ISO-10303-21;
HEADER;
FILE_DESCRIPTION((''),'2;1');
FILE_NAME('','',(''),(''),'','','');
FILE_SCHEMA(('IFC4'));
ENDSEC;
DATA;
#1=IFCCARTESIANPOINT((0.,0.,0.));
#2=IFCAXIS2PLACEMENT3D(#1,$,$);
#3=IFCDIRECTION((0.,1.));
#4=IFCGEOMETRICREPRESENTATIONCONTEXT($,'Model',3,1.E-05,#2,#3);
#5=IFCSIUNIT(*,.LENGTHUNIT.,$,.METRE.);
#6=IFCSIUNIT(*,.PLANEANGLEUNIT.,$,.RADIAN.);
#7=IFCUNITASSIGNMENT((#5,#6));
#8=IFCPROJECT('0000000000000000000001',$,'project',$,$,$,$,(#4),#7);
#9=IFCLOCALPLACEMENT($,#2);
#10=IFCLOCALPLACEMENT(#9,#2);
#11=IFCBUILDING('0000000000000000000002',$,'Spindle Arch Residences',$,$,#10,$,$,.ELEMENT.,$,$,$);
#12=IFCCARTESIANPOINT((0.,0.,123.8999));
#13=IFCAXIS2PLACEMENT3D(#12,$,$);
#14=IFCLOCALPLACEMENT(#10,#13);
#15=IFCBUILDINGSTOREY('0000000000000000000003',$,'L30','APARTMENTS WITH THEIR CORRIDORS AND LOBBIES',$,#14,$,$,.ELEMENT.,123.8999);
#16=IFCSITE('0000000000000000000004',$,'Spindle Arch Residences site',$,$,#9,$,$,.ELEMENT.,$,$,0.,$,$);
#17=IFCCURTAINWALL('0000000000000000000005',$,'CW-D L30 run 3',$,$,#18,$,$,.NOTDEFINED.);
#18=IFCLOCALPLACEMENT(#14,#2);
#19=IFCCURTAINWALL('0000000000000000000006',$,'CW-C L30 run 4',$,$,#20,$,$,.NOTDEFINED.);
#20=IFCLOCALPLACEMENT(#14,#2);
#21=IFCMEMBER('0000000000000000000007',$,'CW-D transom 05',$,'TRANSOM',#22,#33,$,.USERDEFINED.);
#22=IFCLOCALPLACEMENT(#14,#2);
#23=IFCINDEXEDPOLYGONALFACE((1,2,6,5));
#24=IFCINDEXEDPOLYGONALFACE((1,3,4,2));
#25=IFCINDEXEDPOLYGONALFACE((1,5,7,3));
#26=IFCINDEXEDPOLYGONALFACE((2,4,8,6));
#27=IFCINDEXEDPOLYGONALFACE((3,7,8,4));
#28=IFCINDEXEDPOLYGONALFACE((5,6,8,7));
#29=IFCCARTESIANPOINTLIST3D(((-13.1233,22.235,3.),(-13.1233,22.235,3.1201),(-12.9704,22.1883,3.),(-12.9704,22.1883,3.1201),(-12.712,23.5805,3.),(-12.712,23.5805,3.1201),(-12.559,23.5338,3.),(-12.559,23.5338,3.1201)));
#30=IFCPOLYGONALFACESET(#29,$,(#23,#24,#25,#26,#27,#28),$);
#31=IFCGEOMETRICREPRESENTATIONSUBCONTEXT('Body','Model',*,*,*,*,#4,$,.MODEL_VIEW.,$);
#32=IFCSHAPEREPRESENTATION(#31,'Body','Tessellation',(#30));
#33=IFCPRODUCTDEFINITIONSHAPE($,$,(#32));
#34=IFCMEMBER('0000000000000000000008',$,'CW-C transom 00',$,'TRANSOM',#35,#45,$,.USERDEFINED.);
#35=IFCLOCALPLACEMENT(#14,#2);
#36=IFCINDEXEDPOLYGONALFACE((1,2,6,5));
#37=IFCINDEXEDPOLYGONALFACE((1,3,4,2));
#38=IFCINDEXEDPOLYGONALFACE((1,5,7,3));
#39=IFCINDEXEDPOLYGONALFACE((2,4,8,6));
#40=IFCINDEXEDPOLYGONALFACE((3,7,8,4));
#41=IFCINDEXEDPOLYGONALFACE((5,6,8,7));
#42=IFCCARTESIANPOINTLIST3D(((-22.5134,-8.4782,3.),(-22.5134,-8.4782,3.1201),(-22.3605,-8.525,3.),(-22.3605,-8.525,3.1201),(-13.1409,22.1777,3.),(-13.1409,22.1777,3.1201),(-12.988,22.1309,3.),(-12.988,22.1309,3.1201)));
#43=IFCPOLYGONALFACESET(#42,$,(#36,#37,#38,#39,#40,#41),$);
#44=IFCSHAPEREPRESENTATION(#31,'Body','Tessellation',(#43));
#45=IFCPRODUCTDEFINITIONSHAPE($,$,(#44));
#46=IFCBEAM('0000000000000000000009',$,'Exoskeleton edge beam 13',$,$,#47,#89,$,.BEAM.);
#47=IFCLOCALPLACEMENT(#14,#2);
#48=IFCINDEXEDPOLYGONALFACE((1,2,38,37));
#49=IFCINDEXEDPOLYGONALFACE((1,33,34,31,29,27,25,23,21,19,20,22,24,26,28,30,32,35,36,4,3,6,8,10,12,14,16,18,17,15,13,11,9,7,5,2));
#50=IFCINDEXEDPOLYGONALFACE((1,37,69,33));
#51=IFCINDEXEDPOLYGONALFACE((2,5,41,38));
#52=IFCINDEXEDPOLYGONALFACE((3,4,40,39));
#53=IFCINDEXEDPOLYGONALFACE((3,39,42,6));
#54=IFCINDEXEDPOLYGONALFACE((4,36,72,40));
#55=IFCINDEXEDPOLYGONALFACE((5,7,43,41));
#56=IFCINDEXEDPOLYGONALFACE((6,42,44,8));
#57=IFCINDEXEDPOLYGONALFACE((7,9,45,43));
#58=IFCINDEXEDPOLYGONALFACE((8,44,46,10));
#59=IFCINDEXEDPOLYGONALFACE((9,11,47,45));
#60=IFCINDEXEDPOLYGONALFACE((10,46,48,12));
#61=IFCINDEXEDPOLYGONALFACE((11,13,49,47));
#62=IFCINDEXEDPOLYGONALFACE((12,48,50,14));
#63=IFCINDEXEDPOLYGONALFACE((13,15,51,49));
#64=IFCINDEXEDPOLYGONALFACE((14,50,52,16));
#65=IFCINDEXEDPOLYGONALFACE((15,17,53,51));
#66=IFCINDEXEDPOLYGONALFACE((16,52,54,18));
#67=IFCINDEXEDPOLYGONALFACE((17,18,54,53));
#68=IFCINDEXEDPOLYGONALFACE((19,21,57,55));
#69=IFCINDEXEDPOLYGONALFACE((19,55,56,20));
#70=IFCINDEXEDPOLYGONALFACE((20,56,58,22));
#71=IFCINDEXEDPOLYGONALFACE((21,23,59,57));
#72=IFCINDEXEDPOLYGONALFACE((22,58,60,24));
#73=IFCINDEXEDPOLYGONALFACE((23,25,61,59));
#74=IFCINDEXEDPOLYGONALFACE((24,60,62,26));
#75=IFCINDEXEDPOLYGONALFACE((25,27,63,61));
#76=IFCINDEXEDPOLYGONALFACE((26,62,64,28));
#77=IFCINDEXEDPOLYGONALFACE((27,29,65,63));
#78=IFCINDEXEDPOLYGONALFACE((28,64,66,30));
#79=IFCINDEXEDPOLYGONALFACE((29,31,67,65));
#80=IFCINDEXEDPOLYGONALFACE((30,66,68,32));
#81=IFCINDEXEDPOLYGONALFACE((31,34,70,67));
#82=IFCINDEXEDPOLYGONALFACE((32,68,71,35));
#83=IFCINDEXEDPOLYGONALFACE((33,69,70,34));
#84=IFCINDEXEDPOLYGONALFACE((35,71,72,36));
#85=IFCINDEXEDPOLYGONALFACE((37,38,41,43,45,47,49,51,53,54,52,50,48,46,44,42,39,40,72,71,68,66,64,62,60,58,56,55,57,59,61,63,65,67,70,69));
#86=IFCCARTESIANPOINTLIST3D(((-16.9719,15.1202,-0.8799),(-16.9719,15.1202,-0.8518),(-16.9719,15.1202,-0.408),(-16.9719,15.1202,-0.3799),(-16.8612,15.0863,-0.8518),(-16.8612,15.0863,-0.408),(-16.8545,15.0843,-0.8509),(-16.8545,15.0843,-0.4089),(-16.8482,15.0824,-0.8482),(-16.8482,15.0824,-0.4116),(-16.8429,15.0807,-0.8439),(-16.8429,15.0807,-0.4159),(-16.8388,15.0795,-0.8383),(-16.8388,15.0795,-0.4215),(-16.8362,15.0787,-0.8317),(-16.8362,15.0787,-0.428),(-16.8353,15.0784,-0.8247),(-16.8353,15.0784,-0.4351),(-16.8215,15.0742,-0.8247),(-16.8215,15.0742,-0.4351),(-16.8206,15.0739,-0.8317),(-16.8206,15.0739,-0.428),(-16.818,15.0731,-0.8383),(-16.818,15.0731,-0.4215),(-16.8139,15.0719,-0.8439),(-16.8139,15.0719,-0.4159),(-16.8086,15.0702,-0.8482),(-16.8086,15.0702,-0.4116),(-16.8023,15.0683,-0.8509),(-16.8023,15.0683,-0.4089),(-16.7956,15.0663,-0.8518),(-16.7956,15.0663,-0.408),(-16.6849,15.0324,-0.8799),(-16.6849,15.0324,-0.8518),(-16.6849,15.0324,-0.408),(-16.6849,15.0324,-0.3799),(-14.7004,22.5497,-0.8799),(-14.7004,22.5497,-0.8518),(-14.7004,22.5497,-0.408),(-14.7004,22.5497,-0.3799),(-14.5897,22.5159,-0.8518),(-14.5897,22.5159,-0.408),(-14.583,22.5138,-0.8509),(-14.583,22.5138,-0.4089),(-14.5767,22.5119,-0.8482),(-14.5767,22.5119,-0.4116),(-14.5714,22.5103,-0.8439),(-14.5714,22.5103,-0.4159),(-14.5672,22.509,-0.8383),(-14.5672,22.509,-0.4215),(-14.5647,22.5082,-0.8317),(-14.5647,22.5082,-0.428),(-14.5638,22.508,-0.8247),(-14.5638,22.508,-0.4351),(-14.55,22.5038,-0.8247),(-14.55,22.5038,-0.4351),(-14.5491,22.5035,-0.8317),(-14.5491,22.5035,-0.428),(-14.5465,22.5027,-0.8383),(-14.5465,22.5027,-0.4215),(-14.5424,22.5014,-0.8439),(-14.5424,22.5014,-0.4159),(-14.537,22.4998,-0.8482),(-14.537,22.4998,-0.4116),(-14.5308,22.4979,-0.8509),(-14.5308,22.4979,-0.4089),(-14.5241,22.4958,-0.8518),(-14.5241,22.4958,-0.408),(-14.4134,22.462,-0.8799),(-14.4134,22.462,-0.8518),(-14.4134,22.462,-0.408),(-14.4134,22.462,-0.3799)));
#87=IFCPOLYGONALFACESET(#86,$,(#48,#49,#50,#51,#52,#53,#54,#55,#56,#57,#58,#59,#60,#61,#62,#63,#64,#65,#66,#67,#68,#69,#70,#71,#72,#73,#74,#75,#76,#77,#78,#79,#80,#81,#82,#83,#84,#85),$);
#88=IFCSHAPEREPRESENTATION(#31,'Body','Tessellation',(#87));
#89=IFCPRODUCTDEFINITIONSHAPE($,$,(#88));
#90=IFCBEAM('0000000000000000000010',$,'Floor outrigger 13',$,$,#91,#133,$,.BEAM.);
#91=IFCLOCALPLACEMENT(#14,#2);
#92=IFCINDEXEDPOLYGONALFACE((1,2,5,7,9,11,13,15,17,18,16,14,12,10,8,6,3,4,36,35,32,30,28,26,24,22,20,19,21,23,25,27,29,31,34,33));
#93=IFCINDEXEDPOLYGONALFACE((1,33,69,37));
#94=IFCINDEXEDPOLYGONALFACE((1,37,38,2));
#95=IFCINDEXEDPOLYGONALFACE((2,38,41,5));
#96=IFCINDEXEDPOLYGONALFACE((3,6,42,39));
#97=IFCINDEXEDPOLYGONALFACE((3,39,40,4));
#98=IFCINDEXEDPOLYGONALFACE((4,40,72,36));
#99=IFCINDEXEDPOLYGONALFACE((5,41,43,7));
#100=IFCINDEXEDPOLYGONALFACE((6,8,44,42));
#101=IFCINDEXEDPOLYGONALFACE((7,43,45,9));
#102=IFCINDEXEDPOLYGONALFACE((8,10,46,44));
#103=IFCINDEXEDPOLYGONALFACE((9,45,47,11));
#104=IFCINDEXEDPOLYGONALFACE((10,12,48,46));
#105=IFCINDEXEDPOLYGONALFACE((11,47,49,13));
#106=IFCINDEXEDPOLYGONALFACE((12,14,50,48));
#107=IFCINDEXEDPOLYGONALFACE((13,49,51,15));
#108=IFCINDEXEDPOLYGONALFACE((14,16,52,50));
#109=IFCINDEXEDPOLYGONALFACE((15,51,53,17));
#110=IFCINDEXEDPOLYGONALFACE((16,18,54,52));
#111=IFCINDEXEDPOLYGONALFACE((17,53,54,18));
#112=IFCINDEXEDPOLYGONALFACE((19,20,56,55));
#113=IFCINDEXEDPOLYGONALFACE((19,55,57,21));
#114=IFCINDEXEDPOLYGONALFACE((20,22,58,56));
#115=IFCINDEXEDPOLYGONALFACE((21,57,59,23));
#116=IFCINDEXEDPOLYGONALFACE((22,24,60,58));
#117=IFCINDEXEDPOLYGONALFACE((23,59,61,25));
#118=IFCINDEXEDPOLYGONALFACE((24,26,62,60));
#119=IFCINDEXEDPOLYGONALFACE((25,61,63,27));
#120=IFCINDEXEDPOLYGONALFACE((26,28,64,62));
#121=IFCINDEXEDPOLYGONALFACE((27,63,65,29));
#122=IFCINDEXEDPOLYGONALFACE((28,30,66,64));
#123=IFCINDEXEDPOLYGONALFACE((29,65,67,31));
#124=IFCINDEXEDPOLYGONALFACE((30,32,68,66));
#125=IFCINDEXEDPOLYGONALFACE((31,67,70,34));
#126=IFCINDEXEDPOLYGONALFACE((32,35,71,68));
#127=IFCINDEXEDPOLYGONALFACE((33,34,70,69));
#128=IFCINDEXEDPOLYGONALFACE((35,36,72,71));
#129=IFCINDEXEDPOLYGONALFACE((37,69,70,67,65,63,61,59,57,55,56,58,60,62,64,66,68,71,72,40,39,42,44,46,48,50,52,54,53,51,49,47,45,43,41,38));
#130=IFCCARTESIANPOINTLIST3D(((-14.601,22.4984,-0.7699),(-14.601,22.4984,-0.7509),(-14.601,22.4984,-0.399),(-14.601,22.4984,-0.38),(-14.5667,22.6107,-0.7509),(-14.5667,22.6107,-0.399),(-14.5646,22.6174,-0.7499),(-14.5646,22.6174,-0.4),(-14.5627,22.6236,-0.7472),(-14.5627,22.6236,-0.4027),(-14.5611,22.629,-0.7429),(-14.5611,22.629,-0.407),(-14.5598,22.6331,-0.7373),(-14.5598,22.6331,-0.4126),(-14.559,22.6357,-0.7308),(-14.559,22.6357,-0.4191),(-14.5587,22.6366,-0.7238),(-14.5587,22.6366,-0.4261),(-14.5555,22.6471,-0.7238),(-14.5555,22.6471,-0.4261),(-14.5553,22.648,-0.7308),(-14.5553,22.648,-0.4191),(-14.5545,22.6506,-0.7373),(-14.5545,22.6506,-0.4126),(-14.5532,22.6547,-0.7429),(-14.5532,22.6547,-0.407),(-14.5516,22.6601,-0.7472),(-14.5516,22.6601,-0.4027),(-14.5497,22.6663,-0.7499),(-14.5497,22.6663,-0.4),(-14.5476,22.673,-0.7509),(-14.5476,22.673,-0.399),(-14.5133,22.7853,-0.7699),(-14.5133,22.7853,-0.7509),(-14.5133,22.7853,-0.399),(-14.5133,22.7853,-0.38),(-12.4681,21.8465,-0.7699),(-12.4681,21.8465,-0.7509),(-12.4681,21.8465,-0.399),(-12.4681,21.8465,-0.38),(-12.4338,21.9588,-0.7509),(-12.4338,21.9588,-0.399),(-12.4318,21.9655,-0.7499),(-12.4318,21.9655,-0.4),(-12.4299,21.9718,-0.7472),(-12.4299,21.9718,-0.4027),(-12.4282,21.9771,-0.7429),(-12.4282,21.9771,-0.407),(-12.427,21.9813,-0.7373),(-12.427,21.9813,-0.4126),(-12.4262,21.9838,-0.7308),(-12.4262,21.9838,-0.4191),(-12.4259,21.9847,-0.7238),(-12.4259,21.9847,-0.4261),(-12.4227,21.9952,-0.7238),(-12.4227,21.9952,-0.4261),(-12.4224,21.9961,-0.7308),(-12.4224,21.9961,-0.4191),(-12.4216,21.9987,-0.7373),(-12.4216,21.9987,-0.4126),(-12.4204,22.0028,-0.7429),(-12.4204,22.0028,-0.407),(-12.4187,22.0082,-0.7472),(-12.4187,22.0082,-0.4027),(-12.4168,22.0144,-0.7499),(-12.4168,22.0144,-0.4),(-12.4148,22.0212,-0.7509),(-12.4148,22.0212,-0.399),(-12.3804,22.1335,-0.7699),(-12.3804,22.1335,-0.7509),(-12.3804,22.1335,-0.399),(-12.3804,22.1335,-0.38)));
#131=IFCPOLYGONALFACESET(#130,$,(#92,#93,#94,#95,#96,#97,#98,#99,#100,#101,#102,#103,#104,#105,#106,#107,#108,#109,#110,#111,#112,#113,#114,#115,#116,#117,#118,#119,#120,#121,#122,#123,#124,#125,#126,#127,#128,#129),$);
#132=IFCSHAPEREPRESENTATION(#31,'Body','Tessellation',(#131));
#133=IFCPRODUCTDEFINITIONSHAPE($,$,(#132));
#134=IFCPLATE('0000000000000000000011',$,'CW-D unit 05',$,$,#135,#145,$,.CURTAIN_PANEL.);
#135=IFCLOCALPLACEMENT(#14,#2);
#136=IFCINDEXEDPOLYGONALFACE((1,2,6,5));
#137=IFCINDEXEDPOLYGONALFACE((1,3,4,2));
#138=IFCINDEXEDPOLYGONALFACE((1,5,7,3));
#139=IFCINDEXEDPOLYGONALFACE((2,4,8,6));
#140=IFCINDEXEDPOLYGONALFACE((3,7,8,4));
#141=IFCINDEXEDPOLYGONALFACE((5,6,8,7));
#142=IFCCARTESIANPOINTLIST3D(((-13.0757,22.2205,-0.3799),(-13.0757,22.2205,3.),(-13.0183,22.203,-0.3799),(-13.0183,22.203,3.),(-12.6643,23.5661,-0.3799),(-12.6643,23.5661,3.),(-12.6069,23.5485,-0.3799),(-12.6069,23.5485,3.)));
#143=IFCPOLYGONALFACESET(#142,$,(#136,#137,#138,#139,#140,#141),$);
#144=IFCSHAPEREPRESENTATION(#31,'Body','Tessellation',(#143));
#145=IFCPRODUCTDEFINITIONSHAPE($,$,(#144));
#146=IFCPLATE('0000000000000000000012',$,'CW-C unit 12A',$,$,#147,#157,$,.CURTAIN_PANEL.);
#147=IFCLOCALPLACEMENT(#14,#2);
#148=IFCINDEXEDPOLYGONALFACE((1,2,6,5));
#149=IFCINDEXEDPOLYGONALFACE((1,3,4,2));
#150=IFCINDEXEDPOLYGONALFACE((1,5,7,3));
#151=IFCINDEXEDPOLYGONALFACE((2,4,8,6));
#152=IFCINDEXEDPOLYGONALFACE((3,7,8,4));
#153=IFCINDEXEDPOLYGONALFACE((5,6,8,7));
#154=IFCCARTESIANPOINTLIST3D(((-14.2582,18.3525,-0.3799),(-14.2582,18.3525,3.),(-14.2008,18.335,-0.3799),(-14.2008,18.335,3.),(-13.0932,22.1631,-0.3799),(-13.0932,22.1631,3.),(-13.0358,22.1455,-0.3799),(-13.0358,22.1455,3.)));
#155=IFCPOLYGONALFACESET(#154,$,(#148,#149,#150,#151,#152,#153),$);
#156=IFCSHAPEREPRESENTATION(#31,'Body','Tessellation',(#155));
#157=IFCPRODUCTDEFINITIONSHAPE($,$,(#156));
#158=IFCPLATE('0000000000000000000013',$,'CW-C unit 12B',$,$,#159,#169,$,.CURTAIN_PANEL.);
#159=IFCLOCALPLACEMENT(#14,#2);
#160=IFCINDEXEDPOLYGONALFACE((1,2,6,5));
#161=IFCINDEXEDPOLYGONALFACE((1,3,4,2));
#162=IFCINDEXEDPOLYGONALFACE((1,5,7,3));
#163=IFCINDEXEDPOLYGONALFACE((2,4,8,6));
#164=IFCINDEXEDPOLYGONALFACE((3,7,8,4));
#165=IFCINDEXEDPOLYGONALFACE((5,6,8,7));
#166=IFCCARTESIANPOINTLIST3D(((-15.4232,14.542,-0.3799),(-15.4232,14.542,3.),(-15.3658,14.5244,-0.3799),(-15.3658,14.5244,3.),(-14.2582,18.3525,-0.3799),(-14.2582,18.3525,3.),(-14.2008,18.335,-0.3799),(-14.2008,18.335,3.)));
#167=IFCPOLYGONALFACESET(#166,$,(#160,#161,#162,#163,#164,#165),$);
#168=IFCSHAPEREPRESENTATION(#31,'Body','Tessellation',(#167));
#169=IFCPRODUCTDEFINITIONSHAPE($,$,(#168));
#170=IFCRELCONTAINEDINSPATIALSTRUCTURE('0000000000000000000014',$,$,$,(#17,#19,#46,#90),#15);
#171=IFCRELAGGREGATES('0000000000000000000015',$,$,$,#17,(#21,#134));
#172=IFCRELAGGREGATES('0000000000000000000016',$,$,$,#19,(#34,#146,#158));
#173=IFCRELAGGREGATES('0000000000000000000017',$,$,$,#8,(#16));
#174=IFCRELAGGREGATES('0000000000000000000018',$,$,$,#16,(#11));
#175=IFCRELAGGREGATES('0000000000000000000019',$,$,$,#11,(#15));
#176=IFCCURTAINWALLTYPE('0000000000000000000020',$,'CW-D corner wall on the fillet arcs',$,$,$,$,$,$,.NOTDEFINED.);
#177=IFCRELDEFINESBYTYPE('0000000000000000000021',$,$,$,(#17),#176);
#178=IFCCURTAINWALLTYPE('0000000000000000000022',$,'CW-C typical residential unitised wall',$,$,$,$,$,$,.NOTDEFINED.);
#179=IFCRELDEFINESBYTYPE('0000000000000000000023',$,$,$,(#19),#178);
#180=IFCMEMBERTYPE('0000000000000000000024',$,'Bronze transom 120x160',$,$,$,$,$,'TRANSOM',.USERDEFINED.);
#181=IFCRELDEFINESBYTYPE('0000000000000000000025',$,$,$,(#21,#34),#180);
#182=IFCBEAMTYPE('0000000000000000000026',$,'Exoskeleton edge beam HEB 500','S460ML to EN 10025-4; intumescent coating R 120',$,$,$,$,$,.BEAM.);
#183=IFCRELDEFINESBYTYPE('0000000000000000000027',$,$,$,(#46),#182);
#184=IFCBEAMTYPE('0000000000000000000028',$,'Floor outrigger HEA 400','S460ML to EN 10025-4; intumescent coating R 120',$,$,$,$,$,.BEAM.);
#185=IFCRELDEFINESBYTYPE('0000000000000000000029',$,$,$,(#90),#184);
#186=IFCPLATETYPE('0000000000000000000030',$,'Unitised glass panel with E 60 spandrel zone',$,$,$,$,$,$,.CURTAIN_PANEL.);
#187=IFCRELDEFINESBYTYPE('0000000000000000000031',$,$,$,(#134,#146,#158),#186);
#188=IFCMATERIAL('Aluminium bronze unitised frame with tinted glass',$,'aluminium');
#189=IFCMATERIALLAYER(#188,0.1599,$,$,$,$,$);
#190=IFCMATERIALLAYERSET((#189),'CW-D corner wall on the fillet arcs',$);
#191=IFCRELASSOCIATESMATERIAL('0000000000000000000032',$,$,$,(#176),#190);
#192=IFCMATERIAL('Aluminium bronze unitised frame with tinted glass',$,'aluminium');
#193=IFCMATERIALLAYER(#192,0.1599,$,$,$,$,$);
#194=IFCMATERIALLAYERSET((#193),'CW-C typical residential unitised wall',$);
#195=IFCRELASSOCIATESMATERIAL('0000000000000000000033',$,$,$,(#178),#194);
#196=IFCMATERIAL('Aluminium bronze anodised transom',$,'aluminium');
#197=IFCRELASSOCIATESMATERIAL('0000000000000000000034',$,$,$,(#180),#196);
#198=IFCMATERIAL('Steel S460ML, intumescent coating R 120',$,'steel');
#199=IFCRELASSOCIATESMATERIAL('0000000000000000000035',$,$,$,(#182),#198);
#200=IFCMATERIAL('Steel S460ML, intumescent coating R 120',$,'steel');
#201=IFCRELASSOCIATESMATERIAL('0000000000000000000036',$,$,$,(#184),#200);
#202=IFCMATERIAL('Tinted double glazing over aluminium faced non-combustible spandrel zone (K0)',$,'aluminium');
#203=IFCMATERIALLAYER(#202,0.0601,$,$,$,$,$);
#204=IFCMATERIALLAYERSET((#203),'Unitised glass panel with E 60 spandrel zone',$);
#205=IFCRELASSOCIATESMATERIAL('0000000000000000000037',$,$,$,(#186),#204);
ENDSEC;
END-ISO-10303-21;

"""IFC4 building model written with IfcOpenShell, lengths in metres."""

from ifc_helpers import new_model, si_unit, direction, frame, origin, origin_2d, place, context, subcontext, project, spatial, rectangle, i_section, extrude, material, layer, layer_set, material_profile, profile_set, type_object, element, aggregate, save


model = new_model("IFC4")

# Units and contexts
model_context = context("Model", 3, precision=1e-05, world=origin(), true_north=direction((0.0, 1.0)))
body_context = subcontext(model_context, "Body", "Model", "MODEL_VIEW")
ifc_project = project(units=[si_unit("LENGTHUNIT", "METRE"), si_unit("PLANEANGLEUNIT", "RADIAN")], contexts=[model_context])

# Site, building, storey
site_placement = place(None, origin())
site = spatial("IfcSite", under=ifc_project, at=site_placement, Name="Spindle Arch Residences site", CompositionType="ELEMENT", RefElevation=0.0)
building_placement = place(site_placement, origin())
building = spatial("IfcBuilding", under=site, at=building_placement, Name="Spindle Arch Residences", CompositionType="ELEMENT")
storey_placement = place(building_placement, frame((0.0, 0.0, 123.8999)))
storey = spatial("IfcBuildingStorey", under=building, at=storey_placement, Name="L30", Description="APARTMENTS WITH THEIR CORRIDORS AND LOBBIES", CompositionType="ELEMENT", Elevation=123.8999)

# Curtain walls
ifc_material_1 = material(Name="Aluminium bronze unitised frame with tinted glass", Category="aluminium")
ifc_layer_1 = layer(ifc_material_1, 0.1599)
ifc_layer_set_1 = layer_set([ifc_layer_1], Name="CW-D corner wall on the fillet arcs")
curtain_wall_type_1 = type_object("IfcCurtainWallType", Name="CW-D corner wall on the fillet arcs", PredefinedType="NOTDEFINED", material=ifc_layer_set_1)
curtain_wall_1_placement = place(storey_placement, origin())
curtain_wall_1 = element("IfcCurtainWall", 1, at=curtain_wall_1_placement, inside=storey, type_object=curtain_wall_type_1, Name="CW-D L30 run 3", PredefinedType="NOTDEFINED")
ifc_material_2 = material(Name="Aluminium bronze unitised frame with tinted glass", Category="aluminium")
ifc_layer_2 = layer(ifc_material_2, 0.1599)
ifc_layer_set_2 = layer_set([ifc_layer_2], Name="CW-C typical residential unitised wall")
curtain_wall_type_2 = type_object("IfcCurtainWallType", Name="CW-C typical residential unitised wall", PredefinedType="NOTDEFINED", material=ifc_layer_set_2)
curtain_wall_2_placement = place(storey_placement, origin())
curtain_wall_2 = element("IfcCurtainWall", 2, at=curtain_wall_2_placement, inside=storey, type_object=curtain_wall_type_2, Name="CW-C L30 run 4", PredefinedType="NOTDEFINED")

# Members
ifc_material_3 = material(Name="Aluminium bronze anodised transom", Category="aluminium")
ifc_material_profile_1 = material_profile(ifc_material_3, rectangle(XDim=0.1599, YDim=0.1201, at=origin_2d()), Name="TR 120x160")
ifc_profile_set_1 = profile_set([ifc_material_profile_1], Name="Aluminium bronze anodised transom")
member_type_1 = type_object("IfcMemberType", Name="Bronze transom 120x160", ElementType="TRANSOM", PredefinedType="USERDEFINED", material=ifc_profile_set_1)
member_1_placement = place(storey_placement, frame((-12.6355, 23.5571, 3.0601), z_axis=(-0.29239, -0.956299, 0.0), x_axis=(0.956299, -0.29239, 0.0)))
member_1 = element("IfcMember", 3, at=member_1_placement, type_object=member_type_1, Name="CW-D transom 05", ObjectType="TRANSOM", PredefinedType="USERDEFINED", context=body_context, shape_type="SweptSolid", body=[
    extrude(rectangle(XDim=0.1599, YDim=0.1201, at=origin_2d()), origin(), (0.0, 0.0, 1.0), 1.407),
])
member_2_placement = place(storey_placement, frame((-13.0645, 22.1543, 3.0601), z_axis=(-0.292374, -0.956304, 0.0), x_axis=(0.956304, -0.292374, 0.0)))
member_2 = element("IfcMember", 4, at=member_2_placement, type_object=member_type_1, Name="CW-C transom 00", ObjectType="TRANSOM", PredefinedType="USERDEFINED", context=body_context, shape_type="SweptSolid", body=[
    extrude(rectangle(XDim=0.1599, YDim=0.1201, at=origin_2d()), origin(), (0.0, 0.0, 1.0), 32.0566),
])

# Beams
ifc_material_4 = material(Name="Steel S460ML, intumescent coating R 120", Category="steel")
ifc_material_profile_2 = material_profile(ifc_material_4, i_section(OverallWidth=0.3, OverallDepth=0.5, WebThickness=0.0144, FlangeThickness=0.0281, FilletRadius=0.0271, at=origin_2d()), Name="HEB 500")
ifc_profile_set_2 = profile_set([ifc_material_profile_2], Name="Steel S460ML, intumescent coating R 120")
beam_type_1 = type_object("IfcBeamType", Name="Exoskeleton edge beam HEB 500", Description="S460ML to EN 10025-4; intumescent coating R 120", PredefinedType="BEAM", material=ifc_profile_set_2)
beam_1_placement = place(storey_placement, frame((-14.5569, 22.5059, -0.6299), z_axis=(-0.292381, -0.956302, 0.0), x_axis=(0.956302, -0.292381, 0.0)))
element("IfcBeam", 5, at=beam_1_placement, inside=storey, type_object=beam_type_1, Name="Exoskeleton edge beam 13", PredefinedType="BEAM", context=body_context, shape_type="SweptSolid", body=[
    extrude(i_section(OverallWidth=0.3, OverallDepth=0.5, WebThickness=0.0144, FlangeThickness=0.0281, FilletRadius=0.0271, at=origin_2d()), origin(), (0.0, 0.0, 1.0), 7.769),
])
ifc_material_5 = material(Name="Steel S460ML, intumescent coating R 120", Category="steel")
ifc_material_profile_3 = material_profile(ifc_material_5, i_section(OverallWidth=0.3, OverallDepth=0.3899, WebThickness=0.011, FlangeThickness=0.019, FilletRadius=0.0271, at=origin_2d()), Name="HEA 400")
ifc_profile_set_3 = profile_set([ifc_material_profile_3], Name="Steel S460ML, intumescent coating R 120")
beam_type_2 = type_object("IfcBeamType", Name="Floor outrigger HEA 400", Description="S460ML to EN 10025-4; intumescent coating R 120", PredefinedType="BEAM", material=ifc_profile_set_3)
beam_2_placement = place(storey_placement, frame((-14.5571, 22.6418, -0.575), z_axis=(0.956331, -0.292285, 0.0), x_axis=(0.292285, 0.956331, 0.0)))
element("IfcBeam", 6, at=beam_2_placement, inside=storey, type_object=beam_type_2, Name="Floor outrigger 13", PredefinedType="BEAM", context=body_context, shape_type="SweptSolid", body=[
    extrude(i_section(OverallWidth=0.3, OverallDepth=0.3899, WebThickness=0.011, FlangeThickness=0.019, FilletRadius=0.0271, at=origin_2d()), origin(), (0.0, 0.0, 1.0), 2.2302),
])

# Plates
ifc_material_6 = material(Name="Tinted double glazing over aluminium faced non-combustible spandrel zone (K0)", Category="aluminium")
ifc_layer_3 = layer(ifc_material_6, 0.0601)
ifc_layer_set_3 = layer_set([ifc_layer_3], Name="Unitised glass panel with E 60 spandrel zone")
plate_type = type_object("IfcPlateType", Name="Unitised glass panel with E 60 spandrel zone", PredefinedType="CURTAIN_PANEL", material=ifc_layer_set_3)
plate_1_placement = place(storey_placement, frame((-12.8413, 22.8845, -0.3799), z_axis=(0.0, 0.0, 1.0), x_axis=(-0.292372, -0.956305, 0.0)))
plate_1 = element("IfcPlate", 7, at=plate_1_placement, type_object=plate_type, Name="CW-D unit 05", PredefinedType="CURTAIN_PANEL", context=body_context, shape_type="SweptSolid", body=[
    extrude(rectangle(XDim=1.407, YDim=0.0601, at=origin_2d()), origin(), (0.0, 0.0, 1.0), 3.3799),
])
aggregate(curtain_wall_1, [member_1, plate_1])
plate_2_placement = place(storey_placement, frame((-13.647, 20.249, -0.3799), z_axis=(0.0, 0.0, 1.0), x_axis=(-0.292372, -0.956305, 0.0)))
plate_2 = element("IfcPlate", 8, at=plate_2_placement, type_object=plate_type, Name="CW-C unit 12A", PredefinedType="CURTAIN_PANEL", context=body_context, shape_type="SweptSolid", body=[
    extrude(rectangle(XDim=3.9846, YDim=0.0601, at=origin_2d()), origin(), (0.0, 0.0, 1.0), 3.3799),
])
plate_3_placement = place(storey_placement, frame((-14.812, 16.4385, -0.3799), z_axis=(0.0, 0.0, 1.0), x_axis=(-0.292372, -0.956305, 0.0)))
plate_3 = element("IfcPlate", 9, at=plate_3_placement, type_object=plate_type, Name="CW-C unit 12B", PredefinedType="CURTAIN_PANEL", context=body_context, shape_type="SweptSolid", body=[
    extrude(rectangle(XDim=3.9846, YDim=0.0601, at=origin_2d()), origin(), (0.0, 0.0, 1.0), 3.3799),
])
aggregate(curtain_wall_2, [member_2, plate_2, plate_3])

save(model, "model.ifc")
